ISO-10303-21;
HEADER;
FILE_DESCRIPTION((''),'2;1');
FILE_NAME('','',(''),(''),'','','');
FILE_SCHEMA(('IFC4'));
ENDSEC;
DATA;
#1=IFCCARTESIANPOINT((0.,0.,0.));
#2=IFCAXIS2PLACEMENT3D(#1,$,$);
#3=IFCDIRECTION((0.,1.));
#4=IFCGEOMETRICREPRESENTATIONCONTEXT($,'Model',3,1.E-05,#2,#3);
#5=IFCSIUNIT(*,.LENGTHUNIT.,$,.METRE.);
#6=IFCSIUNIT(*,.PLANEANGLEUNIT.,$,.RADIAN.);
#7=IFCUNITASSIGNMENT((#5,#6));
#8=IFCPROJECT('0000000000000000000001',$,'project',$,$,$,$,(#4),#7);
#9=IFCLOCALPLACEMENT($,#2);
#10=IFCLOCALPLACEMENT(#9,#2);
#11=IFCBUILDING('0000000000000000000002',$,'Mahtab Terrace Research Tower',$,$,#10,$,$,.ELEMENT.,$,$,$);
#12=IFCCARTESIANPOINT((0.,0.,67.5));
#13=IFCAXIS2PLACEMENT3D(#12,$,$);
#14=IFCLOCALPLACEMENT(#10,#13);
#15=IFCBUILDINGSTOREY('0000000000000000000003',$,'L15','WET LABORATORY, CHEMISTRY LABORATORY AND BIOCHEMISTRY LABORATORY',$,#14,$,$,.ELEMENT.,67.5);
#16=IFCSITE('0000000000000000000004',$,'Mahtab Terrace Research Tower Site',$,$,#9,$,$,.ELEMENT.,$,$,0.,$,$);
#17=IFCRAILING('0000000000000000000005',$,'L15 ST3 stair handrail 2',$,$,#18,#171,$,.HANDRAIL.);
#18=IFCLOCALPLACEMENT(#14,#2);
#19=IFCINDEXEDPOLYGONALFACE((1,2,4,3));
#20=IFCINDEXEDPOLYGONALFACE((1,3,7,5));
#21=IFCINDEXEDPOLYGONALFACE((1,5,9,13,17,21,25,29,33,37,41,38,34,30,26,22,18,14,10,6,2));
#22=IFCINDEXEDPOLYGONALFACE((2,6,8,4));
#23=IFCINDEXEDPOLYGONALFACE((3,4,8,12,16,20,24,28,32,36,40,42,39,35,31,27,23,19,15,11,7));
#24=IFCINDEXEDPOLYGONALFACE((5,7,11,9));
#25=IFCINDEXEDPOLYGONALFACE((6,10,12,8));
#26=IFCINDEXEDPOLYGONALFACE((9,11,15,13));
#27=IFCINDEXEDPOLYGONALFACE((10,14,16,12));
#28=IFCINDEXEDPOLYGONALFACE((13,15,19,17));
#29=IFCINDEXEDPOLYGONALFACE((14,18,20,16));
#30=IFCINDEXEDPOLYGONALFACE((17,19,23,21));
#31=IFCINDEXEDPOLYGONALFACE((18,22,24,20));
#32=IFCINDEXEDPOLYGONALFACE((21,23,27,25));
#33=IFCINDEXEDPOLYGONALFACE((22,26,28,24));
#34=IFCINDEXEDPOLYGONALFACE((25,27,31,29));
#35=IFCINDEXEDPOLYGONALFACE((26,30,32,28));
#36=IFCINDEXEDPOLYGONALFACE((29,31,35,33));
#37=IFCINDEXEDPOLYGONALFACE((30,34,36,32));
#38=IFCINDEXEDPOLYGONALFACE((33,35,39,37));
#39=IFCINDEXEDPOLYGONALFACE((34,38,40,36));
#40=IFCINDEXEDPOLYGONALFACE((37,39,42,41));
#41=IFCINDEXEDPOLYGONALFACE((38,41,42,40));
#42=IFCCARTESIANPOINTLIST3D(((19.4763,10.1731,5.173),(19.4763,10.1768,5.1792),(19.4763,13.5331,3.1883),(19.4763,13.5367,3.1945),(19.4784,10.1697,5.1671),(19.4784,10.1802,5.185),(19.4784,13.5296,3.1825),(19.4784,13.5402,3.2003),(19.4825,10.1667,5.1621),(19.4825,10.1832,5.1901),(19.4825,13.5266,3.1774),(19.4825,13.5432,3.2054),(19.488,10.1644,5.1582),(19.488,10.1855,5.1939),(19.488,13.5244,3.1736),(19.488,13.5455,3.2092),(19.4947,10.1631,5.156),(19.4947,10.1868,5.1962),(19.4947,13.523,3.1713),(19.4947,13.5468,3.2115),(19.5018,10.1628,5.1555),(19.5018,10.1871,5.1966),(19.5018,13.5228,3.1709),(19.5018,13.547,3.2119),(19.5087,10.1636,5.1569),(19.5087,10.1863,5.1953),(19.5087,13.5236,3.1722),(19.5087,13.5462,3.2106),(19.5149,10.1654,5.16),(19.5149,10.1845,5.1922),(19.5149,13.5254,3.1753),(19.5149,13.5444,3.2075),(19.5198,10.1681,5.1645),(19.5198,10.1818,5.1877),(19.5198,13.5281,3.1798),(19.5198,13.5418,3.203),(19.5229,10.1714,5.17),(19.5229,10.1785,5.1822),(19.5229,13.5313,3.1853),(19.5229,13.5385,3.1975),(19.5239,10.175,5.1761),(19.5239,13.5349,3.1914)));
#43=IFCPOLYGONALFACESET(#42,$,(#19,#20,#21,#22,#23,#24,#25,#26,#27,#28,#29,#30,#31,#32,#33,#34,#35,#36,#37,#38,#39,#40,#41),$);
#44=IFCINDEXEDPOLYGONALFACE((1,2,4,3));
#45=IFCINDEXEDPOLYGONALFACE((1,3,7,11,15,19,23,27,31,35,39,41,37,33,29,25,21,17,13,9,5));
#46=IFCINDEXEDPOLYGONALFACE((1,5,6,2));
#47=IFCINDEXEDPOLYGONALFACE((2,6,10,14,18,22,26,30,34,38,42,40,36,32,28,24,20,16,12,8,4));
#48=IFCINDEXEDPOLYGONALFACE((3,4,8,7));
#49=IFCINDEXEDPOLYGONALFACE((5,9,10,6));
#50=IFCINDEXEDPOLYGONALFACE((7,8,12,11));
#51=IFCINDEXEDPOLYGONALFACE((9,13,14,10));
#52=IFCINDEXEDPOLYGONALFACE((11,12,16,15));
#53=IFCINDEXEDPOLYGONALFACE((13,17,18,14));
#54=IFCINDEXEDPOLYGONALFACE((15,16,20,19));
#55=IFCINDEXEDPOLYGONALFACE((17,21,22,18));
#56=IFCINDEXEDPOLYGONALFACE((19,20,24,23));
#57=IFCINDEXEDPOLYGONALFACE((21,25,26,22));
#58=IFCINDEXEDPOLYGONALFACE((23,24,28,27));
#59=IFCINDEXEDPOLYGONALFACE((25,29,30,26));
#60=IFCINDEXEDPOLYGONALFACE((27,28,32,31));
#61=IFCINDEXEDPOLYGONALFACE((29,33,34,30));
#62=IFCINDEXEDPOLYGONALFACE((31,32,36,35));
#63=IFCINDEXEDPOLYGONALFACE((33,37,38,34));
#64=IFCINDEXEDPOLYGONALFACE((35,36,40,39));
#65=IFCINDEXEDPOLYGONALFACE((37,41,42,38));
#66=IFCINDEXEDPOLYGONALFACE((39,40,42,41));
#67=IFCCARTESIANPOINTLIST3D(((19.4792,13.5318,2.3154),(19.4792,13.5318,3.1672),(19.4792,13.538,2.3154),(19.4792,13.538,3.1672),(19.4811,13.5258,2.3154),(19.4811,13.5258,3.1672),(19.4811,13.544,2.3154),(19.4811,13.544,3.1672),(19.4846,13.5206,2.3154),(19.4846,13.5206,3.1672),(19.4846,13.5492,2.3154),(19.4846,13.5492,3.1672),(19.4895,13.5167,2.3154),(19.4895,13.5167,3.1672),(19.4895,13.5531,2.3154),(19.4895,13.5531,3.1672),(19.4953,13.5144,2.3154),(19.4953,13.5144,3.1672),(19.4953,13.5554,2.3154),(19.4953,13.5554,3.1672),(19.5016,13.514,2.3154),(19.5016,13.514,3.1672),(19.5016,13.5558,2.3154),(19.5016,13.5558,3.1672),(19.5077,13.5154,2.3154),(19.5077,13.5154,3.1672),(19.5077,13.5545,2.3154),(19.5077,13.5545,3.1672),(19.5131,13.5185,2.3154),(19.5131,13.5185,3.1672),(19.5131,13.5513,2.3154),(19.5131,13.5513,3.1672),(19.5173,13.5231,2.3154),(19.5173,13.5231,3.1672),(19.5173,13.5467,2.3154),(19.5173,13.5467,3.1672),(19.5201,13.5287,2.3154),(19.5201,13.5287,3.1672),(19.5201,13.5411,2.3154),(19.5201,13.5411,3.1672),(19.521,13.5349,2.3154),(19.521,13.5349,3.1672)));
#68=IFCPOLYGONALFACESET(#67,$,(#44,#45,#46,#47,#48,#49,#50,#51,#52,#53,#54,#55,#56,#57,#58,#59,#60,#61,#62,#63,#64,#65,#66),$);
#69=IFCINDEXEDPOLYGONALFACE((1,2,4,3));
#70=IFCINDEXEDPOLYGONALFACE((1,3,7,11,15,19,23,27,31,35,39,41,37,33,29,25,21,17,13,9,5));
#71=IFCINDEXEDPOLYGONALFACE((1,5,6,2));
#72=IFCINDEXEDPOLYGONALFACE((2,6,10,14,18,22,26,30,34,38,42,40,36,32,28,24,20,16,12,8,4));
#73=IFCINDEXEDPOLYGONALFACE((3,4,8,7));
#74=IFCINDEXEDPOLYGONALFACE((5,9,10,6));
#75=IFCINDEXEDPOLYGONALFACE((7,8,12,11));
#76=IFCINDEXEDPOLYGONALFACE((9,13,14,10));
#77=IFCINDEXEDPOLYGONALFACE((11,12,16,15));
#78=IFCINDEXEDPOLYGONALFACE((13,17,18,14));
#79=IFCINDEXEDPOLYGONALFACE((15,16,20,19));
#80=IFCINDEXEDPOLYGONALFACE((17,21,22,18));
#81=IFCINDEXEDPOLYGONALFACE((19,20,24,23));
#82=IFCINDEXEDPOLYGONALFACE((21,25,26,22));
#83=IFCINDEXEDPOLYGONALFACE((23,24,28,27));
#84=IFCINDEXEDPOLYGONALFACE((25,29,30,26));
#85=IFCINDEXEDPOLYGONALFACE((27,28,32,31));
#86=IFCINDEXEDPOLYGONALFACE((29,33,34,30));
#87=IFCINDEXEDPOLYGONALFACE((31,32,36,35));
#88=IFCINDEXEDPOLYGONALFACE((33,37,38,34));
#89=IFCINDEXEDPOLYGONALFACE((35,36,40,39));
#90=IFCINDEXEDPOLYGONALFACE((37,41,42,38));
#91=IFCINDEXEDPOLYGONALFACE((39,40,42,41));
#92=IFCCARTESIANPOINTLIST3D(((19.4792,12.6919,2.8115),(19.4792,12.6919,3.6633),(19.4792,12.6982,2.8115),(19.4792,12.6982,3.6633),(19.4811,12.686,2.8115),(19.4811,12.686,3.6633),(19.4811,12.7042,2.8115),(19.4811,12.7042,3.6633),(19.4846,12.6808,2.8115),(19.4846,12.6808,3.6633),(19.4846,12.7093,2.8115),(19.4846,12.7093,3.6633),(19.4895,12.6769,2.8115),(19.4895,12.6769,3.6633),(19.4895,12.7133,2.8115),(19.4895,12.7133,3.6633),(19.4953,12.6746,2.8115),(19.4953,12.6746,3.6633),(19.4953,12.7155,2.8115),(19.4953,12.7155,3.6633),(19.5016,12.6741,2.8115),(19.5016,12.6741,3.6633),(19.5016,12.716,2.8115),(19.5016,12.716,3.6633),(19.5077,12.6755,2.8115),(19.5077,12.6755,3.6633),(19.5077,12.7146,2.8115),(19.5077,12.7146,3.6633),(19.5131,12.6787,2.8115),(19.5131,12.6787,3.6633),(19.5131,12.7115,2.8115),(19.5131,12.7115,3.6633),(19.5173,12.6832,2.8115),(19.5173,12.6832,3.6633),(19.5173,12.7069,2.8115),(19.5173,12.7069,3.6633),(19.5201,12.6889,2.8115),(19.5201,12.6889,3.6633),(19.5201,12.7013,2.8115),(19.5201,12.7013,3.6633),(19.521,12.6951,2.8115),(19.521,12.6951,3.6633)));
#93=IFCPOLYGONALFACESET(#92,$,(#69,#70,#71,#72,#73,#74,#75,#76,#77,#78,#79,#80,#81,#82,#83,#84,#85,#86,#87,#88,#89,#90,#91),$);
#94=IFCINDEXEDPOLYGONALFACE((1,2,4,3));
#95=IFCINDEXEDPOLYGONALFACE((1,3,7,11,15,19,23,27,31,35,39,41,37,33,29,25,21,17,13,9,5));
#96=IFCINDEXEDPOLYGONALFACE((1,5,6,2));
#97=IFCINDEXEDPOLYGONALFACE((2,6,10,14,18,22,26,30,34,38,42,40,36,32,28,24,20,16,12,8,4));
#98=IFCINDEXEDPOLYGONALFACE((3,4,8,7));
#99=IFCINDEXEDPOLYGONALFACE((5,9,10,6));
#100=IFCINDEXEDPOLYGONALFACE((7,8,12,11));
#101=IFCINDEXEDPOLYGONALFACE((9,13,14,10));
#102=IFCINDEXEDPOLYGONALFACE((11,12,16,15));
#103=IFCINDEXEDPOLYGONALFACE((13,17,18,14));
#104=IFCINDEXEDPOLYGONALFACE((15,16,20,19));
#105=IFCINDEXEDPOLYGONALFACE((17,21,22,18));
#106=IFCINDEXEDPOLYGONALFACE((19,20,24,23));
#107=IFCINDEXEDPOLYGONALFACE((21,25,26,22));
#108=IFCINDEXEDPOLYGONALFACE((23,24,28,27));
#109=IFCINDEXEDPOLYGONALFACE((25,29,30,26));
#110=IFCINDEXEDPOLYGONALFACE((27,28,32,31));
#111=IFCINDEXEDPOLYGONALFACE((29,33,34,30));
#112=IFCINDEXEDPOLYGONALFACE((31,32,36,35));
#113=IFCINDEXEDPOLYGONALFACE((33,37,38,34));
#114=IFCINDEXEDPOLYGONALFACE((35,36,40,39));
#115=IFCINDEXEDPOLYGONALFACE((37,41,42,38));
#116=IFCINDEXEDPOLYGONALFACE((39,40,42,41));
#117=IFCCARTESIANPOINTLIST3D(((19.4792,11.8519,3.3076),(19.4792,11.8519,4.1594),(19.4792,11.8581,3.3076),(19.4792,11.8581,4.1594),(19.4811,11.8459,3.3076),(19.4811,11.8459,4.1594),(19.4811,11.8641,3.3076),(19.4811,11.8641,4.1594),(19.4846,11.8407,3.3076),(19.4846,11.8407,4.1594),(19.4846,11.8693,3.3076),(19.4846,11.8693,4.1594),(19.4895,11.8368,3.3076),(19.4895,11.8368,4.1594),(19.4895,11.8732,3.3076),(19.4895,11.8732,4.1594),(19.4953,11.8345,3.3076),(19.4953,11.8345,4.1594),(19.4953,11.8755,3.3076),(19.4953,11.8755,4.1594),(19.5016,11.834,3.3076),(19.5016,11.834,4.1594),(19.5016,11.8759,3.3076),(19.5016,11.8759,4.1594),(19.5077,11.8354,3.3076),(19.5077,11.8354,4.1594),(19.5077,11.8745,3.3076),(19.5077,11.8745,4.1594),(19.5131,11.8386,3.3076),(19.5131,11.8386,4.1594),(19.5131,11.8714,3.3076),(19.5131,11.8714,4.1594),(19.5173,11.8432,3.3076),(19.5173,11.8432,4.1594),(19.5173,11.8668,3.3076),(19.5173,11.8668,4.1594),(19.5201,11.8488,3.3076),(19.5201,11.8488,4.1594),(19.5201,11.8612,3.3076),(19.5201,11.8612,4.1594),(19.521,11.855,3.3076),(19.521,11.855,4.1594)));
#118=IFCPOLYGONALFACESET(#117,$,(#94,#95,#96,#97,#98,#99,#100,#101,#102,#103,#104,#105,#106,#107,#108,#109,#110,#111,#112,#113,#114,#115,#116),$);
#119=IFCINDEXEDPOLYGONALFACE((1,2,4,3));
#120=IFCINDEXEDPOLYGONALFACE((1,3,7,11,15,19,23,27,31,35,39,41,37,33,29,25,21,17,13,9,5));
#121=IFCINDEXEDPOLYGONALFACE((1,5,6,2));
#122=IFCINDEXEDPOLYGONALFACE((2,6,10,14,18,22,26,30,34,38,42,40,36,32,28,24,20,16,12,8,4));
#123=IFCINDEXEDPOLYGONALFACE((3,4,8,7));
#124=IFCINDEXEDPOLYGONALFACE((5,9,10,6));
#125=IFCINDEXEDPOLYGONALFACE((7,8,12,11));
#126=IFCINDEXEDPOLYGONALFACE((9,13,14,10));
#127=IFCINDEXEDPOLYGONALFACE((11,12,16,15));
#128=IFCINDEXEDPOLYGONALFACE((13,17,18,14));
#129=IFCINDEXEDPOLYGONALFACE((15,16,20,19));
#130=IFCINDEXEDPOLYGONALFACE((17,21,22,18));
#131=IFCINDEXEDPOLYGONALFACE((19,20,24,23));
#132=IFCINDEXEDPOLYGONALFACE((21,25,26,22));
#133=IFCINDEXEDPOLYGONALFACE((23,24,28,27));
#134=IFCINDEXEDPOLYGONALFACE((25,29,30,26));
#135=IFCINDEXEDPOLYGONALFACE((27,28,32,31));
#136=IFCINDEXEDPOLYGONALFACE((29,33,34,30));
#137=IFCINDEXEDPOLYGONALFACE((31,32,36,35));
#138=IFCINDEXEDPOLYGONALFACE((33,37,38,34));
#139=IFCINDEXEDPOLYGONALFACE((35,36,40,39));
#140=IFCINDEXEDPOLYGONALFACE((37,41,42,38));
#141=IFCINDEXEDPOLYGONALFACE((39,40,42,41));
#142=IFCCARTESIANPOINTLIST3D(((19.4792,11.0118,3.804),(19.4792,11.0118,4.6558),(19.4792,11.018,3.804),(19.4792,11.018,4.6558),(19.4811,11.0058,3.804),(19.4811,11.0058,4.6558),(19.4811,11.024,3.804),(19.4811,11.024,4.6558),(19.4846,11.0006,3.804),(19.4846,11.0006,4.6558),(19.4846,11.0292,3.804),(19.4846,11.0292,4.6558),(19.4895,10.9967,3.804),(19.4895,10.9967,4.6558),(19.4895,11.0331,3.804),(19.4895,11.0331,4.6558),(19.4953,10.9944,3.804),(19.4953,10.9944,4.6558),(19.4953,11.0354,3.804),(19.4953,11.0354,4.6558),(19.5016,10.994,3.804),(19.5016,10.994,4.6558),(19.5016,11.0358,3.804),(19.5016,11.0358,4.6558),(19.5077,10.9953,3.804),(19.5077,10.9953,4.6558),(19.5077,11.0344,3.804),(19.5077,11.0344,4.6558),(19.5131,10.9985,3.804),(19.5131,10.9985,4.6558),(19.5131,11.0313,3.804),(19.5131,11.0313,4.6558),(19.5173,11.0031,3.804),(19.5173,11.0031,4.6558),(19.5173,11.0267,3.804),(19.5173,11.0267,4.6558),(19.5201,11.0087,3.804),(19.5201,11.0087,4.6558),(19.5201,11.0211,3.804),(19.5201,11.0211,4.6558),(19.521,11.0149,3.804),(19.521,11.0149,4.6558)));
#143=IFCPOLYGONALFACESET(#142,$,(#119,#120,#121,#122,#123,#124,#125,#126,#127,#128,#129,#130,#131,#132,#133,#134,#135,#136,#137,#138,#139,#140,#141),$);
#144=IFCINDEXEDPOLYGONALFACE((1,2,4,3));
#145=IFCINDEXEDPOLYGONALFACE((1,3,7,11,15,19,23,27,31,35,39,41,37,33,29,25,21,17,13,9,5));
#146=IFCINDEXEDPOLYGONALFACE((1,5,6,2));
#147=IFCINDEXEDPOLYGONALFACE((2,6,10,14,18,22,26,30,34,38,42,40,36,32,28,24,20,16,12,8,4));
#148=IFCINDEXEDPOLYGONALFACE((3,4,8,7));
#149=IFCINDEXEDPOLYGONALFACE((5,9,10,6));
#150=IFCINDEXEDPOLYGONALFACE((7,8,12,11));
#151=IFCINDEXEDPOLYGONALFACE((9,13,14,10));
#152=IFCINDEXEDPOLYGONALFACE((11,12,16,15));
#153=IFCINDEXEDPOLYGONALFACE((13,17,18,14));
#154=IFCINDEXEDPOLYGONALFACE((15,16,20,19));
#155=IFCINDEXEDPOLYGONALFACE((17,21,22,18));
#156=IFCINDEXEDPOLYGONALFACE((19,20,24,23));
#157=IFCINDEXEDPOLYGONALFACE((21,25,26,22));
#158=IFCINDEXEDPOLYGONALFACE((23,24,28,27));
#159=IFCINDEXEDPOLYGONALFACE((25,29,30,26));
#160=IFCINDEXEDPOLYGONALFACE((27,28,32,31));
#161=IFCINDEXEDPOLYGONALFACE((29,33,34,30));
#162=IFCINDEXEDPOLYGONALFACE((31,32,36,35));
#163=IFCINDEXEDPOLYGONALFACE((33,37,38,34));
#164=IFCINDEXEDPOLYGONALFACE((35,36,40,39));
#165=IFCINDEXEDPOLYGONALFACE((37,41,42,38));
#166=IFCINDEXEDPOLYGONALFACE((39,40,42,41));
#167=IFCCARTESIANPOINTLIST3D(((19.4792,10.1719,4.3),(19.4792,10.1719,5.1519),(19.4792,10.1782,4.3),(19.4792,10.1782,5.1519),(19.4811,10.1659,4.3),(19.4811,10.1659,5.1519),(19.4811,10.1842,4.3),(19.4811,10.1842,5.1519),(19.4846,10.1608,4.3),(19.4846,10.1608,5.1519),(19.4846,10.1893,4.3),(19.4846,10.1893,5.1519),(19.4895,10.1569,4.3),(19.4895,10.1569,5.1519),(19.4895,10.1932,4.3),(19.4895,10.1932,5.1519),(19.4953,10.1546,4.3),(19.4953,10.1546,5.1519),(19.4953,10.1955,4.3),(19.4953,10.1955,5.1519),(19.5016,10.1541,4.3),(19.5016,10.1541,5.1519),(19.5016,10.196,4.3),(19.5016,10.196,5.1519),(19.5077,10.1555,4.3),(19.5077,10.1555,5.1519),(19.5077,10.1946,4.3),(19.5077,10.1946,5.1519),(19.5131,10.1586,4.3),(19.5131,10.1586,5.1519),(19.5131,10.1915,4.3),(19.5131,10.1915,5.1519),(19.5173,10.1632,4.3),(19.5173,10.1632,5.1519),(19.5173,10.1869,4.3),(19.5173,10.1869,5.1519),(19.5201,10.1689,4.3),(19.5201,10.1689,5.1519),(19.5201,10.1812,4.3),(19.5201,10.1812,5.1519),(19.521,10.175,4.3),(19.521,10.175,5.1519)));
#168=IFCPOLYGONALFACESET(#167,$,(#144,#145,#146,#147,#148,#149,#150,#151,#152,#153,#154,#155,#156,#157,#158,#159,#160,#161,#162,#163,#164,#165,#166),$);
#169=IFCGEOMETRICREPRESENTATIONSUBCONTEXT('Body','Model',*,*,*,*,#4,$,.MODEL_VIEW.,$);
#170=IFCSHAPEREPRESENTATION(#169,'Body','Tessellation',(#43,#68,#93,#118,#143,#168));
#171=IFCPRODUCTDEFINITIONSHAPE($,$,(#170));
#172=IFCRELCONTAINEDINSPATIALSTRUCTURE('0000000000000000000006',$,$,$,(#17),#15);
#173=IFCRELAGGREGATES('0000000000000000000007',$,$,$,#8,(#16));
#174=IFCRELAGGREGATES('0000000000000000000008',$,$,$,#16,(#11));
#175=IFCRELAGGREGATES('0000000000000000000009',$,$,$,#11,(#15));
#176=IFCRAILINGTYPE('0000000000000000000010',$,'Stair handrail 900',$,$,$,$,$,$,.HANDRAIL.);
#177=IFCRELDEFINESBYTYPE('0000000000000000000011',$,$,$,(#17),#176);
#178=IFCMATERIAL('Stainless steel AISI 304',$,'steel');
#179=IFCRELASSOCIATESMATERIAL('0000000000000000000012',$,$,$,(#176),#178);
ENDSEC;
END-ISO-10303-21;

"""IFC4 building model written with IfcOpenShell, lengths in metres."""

from ifc_helpers import new_model, si_unit, direction, frame, origin, origin_2d, place, context, subcontext, project, spatial, circle, extrude, material, type_object, element, save


model = new_model("IFC4")

# Units and contexts
model_context = context("Model", 3, precision=1e-05, world=origin(), true_north=direction((0.0, 1.0)))
body_context = subcontext(model_context, "Body", "Model", "MODEL_VIEW")
ifc_project = project(units=[si_unit("LENGTHUNIT", "METRE"), si_unit("PLANEANGLEUNIT", "RADIAN")], contexts=[model_context])

# Site, building, storey
site_placement = place(None, origin())
site = spatial("IfcSite", under=ifc_project, at=site_placement, Name="Mahtab Terrace Research Tower Site", CompositionType="ELEMENT", RefElevation=0.0)
building_placement = place(site_placement, origin())
building = spatial("IfcBuilding", under=site, at=building_placement, Name="Mahtab Terrace Research Tower", CompositionType="ELEMENT")
storey_placement = place(building_placement, frame((0.0, 0.0, 67.5)))
storey = spatial("IfcBuildingStorey", under=building, at=storey_placement, Name="L15", Description="WET LABORATORY, CHEMISTRY LABORATORY AND BIOCHEMISTRY LABORATORY", CompositionType="ELEMENT", Elevation=67.5)

# Railing
ifc_material_1 = material(Name="Stainless steel AISI 304", Category="steel")
railing_type_1 = type_object("IfcRailingType", Name="Stair handrail 900", PredefinedType="HANDRAIL", material=ifc_material_1)
railing_1_placement = place(storey_placement, frame((19.5, 13.5349, 2.3154)))
element("IfcRailing", 1, at=railing_1_placement, inside=storey, type_object=railing_type_1, Name="L15 ST3 stair handrail 2", PredefinedType="HANDRAIL", context=body_context, shape_type="SweptSolid", body=[
    extrude(circle(Radius=0.0239, at=origin_2d()), frame((0.0, 0.0, 0.876), z_axis=(0.0, -0.861011, 0.508586), x_axis=(1.0, 0.0, 0.0)), (0.0, 0.0, 1.0), 3.9023),
    extrude(circle(Radius=0.021, at=origin_2d()), origin(), (0.0, 0.0, 1.0), 0.8518),
    extrude(circle(Radius=0.021, at=origin_2d()), frame((0.0, -0.8398, 0.4961)), (0.0, 0.0, 1.0), 0.8518),
    extrude(circle(Radius=0.021, at=origin_2d()), frame((0.0, -1.6799, 0.9922)), (0.0, 0.0, 1.0), 0.8518),
    extrude(circle(Radius=0.021, at=origin_2d()), frame((0.0, -2.52, 1.4885)), (0.0, 0.0, 1.0), 0.8518),
    extrude(circle(Radius=0.021, at=origin_2d()), frame((0.0, -3.3599, 1.9846)), (0.0, 0.0, 1.0), 0.8518),
])

save(model, "model.ifc")
